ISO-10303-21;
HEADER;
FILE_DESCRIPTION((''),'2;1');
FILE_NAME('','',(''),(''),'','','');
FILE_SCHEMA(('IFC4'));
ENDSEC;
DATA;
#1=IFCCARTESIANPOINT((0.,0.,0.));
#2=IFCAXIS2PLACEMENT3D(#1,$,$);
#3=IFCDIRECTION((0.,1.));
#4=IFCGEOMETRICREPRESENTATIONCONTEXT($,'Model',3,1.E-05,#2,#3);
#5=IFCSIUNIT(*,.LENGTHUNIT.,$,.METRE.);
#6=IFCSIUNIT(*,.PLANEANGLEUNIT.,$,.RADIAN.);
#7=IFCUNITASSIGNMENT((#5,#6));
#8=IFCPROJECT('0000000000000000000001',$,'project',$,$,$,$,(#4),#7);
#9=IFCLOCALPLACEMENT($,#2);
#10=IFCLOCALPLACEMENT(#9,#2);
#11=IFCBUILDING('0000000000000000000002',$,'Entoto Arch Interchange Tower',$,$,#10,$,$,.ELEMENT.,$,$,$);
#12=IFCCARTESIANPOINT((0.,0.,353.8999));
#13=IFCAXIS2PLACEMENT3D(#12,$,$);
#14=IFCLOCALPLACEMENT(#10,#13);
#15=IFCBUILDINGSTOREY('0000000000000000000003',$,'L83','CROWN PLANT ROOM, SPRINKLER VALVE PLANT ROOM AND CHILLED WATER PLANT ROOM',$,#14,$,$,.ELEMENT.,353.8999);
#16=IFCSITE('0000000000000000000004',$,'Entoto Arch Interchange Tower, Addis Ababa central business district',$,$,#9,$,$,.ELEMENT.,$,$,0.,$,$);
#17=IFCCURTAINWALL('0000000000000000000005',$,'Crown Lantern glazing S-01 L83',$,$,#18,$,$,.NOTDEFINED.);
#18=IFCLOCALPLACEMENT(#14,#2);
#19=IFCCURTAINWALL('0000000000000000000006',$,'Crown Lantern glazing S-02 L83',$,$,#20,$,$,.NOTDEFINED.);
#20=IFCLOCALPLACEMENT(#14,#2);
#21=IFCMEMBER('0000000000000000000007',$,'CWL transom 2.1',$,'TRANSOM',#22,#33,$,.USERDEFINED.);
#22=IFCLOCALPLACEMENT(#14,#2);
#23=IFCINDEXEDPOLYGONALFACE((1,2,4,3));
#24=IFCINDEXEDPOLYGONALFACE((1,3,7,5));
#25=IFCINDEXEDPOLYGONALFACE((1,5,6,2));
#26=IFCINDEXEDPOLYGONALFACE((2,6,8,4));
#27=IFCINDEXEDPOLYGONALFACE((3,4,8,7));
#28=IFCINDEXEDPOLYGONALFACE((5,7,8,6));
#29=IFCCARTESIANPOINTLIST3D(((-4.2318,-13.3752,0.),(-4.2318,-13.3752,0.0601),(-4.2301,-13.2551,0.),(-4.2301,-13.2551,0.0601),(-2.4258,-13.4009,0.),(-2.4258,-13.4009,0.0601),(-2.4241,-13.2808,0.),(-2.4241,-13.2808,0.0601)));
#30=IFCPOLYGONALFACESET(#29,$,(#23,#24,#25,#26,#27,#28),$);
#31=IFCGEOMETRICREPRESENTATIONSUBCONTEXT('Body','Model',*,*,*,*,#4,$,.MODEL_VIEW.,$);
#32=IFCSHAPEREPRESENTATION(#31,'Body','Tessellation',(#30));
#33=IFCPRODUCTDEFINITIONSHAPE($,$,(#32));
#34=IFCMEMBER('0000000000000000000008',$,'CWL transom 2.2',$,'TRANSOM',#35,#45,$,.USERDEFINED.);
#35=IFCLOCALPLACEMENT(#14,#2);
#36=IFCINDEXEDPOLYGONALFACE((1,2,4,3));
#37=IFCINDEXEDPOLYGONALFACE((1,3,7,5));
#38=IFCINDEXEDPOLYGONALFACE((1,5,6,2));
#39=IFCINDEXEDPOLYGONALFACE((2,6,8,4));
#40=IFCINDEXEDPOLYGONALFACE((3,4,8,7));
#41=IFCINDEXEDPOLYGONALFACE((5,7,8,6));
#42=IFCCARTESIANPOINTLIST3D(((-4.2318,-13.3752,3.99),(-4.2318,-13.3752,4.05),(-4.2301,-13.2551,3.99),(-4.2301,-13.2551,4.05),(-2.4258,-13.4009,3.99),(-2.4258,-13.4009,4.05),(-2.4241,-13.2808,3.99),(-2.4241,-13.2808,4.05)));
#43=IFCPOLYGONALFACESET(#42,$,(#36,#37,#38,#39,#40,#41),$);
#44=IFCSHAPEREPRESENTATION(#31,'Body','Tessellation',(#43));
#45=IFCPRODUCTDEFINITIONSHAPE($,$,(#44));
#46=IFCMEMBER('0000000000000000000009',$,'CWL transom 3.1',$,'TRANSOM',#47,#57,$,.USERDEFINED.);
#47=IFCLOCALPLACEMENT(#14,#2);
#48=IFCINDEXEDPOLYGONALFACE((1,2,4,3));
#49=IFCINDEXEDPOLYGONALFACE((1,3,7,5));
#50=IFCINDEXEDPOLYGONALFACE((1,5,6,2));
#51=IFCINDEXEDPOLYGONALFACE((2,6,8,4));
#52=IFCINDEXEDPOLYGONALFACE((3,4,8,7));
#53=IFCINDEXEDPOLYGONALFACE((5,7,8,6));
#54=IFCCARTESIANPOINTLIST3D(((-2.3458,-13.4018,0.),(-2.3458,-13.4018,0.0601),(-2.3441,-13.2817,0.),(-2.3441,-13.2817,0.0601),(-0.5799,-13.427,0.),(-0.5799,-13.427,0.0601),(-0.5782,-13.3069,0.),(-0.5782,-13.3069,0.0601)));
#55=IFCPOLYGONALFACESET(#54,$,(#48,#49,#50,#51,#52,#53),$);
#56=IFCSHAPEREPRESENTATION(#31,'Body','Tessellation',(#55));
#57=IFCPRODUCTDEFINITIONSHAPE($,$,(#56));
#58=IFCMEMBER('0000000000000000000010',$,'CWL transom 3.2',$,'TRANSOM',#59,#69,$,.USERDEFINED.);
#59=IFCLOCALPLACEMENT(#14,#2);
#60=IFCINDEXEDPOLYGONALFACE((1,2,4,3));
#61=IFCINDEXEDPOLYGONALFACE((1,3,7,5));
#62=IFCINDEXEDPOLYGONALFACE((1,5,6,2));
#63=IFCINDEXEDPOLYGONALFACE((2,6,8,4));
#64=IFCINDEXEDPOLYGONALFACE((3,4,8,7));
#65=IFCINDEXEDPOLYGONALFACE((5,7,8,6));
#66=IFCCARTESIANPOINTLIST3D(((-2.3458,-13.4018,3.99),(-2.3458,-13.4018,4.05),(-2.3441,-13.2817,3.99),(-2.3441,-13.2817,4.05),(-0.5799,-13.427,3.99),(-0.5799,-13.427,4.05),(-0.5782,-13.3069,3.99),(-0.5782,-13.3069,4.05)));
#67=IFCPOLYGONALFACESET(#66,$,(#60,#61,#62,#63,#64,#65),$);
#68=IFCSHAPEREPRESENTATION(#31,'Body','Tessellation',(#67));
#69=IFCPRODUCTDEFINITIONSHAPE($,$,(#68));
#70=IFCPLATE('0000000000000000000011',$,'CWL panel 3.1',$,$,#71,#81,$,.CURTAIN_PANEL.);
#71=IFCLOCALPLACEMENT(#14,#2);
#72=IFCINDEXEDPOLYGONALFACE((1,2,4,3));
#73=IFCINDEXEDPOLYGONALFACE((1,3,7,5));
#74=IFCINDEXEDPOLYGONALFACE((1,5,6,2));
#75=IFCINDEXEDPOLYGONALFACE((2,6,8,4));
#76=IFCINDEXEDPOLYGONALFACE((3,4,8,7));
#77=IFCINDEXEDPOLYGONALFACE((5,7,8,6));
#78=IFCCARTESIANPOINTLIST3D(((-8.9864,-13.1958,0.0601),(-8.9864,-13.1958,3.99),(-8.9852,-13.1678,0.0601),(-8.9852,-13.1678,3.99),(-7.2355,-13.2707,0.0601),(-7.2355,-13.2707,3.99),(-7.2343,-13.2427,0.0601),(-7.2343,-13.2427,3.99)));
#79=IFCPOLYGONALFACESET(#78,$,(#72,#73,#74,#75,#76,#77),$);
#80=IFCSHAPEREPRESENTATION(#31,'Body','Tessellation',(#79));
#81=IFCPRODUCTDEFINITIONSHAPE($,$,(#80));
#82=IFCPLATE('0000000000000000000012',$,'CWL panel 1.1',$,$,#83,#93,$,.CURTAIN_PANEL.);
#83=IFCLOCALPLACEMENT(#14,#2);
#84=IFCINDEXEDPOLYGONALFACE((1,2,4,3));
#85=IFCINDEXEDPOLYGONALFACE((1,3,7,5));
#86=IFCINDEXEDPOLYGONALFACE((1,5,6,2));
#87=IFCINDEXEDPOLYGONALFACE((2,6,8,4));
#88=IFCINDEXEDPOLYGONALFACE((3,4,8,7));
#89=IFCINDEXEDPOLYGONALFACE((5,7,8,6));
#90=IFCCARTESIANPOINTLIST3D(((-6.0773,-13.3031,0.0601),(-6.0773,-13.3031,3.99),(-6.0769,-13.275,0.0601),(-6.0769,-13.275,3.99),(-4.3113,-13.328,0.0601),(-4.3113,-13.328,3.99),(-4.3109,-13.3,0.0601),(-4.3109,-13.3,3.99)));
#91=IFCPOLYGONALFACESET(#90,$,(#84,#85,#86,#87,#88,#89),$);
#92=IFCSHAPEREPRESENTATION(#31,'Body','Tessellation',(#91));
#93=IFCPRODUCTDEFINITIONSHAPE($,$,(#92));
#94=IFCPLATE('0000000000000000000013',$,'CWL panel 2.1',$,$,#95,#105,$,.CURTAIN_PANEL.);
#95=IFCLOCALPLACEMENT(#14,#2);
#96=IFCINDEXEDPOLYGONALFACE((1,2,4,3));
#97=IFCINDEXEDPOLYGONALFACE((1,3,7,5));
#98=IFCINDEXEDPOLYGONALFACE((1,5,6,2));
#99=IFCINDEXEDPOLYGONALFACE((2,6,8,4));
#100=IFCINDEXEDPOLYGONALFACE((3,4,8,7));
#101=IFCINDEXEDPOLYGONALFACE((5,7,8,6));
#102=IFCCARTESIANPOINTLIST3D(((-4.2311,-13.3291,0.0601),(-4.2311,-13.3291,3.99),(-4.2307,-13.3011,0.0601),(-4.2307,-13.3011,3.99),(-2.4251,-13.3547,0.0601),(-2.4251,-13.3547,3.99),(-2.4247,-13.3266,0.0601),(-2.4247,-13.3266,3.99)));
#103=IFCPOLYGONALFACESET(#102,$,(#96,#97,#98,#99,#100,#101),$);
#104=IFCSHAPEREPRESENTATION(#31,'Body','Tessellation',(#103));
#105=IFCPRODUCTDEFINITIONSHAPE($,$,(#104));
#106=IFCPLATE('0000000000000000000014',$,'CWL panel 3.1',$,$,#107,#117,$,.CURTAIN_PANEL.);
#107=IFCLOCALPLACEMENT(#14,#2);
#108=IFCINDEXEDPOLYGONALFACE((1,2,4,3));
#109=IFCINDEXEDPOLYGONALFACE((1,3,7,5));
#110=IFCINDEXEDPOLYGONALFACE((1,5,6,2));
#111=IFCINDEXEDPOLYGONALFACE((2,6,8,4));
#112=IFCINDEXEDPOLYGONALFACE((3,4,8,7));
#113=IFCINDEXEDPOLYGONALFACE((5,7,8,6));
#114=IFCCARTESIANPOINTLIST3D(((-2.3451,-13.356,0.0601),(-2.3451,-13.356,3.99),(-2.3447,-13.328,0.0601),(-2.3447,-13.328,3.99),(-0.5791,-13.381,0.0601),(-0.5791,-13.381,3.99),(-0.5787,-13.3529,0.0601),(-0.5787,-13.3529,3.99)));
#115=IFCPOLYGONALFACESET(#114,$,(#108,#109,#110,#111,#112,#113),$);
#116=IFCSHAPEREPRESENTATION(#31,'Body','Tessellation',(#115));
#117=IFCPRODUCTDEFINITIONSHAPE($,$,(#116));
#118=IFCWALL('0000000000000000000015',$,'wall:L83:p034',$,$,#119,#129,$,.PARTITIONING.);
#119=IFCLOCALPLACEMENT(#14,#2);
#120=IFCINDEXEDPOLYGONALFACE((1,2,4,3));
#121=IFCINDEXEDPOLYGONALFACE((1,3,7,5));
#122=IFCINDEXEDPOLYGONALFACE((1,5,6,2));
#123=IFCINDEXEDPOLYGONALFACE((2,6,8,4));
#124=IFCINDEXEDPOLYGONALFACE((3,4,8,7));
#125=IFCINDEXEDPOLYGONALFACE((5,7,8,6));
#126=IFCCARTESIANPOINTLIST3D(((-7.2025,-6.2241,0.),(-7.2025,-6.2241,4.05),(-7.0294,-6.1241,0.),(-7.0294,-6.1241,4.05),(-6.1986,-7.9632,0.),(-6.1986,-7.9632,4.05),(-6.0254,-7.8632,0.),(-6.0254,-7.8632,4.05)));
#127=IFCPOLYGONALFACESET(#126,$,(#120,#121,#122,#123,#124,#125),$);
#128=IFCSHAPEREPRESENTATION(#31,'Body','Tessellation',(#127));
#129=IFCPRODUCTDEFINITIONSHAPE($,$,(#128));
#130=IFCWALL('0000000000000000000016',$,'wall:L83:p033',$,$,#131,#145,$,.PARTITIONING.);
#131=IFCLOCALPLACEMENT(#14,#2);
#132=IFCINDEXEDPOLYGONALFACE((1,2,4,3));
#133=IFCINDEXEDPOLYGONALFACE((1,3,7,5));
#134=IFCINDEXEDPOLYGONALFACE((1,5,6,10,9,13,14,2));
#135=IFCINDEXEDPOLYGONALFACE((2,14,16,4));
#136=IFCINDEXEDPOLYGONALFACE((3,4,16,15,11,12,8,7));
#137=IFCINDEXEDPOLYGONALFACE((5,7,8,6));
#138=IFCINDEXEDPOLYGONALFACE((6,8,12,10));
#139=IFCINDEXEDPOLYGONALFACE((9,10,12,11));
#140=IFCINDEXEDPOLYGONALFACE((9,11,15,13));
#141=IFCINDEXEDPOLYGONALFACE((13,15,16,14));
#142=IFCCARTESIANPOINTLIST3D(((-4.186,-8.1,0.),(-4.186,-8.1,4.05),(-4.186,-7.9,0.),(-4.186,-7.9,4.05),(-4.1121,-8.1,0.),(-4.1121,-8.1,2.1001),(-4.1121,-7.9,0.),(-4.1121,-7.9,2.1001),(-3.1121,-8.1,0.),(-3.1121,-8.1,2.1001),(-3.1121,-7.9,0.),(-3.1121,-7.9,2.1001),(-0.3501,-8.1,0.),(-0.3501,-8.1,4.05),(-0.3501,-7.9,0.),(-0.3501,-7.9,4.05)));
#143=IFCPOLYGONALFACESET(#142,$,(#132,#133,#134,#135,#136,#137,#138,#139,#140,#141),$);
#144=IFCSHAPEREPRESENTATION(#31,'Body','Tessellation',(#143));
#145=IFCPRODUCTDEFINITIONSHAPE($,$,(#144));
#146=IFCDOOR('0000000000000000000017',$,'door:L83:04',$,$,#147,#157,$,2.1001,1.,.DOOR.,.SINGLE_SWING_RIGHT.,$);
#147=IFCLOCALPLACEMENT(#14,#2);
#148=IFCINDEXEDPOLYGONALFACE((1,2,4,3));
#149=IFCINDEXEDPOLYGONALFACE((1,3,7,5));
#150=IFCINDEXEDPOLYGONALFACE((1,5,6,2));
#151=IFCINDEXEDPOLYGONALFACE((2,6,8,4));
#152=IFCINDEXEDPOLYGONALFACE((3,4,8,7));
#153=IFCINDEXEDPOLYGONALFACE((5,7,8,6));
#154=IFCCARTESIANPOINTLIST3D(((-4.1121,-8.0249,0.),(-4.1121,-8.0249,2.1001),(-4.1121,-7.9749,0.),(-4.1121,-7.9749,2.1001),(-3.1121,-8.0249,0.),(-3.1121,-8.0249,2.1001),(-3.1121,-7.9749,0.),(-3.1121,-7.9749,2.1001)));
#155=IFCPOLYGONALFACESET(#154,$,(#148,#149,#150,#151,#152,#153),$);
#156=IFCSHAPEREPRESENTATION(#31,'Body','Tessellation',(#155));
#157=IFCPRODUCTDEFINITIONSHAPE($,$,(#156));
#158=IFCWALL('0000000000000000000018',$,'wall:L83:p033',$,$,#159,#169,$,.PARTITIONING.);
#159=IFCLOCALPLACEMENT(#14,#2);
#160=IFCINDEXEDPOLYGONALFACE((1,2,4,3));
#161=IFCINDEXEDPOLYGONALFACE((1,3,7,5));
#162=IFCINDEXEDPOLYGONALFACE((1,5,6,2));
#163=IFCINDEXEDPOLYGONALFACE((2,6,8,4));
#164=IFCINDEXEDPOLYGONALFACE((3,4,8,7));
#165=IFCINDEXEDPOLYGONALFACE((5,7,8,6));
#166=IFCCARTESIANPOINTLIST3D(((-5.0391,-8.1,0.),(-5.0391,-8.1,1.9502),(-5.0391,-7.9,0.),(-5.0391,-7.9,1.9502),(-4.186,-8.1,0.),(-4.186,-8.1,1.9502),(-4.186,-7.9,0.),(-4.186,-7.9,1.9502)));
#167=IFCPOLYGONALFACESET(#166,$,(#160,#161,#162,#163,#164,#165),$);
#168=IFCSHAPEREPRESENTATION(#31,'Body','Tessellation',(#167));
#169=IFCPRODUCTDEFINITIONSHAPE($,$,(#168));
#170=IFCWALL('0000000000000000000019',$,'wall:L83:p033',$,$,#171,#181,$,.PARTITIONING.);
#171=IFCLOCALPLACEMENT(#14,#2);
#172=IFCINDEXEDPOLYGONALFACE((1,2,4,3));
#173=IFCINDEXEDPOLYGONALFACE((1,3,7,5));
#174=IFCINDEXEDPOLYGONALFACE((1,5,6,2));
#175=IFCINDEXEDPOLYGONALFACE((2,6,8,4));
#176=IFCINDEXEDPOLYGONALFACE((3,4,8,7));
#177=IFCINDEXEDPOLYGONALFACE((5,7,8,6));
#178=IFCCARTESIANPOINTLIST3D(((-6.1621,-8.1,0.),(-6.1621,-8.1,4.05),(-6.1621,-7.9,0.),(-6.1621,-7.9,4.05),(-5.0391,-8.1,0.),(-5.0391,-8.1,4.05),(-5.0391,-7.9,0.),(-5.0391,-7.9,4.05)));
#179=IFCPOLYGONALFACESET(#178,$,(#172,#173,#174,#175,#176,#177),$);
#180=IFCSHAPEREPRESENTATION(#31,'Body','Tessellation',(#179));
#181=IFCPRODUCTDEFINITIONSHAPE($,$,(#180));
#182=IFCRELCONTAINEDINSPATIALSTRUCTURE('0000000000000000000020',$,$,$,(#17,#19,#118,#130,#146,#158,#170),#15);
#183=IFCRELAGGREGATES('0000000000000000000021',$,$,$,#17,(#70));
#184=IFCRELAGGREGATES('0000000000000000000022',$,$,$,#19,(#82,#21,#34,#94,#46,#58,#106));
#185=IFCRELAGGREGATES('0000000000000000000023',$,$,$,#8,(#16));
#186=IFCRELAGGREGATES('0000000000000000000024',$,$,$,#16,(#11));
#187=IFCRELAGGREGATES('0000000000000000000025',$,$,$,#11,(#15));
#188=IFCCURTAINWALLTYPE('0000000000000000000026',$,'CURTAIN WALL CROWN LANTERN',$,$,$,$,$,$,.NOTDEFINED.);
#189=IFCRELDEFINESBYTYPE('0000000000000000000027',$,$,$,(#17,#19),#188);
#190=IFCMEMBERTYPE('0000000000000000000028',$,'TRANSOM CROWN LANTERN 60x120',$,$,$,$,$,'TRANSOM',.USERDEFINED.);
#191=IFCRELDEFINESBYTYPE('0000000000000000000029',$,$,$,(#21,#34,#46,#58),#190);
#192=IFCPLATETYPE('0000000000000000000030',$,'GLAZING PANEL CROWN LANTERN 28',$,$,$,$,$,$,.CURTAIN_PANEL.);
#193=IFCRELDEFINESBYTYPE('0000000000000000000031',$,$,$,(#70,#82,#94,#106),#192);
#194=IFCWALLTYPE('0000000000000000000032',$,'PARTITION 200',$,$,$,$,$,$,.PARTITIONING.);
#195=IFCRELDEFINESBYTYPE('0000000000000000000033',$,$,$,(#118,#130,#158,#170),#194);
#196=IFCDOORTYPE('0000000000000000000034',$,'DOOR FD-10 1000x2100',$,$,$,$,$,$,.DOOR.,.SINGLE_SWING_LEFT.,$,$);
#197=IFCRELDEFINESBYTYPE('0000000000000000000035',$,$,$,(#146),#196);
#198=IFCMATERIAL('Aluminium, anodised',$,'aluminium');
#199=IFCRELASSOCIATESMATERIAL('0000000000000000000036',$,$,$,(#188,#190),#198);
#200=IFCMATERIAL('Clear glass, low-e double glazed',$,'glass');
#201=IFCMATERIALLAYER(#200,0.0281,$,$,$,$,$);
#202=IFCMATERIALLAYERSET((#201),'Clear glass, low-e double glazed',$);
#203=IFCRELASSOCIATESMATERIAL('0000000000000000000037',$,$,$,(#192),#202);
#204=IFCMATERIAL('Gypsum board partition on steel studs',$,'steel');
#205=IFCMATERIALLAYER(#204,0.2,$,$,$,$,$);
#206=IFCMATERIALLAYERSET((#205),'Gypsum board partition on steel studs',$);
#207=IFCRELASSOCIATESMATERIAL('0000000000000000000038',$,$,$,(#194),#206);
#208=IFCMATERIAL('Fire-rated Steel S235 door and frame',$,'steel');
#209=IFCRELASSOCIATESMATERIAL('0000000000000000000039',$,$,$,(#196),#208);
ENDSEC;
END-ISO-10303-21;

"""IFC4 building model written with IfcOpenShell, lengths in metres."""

from ifc_helpers import new_model, si_unit, direction, frame, frame_2d, origin, origin_2d, place, context, subcontext, project, spatial, rectangle, extrude, material, layer, layer_set, material_profile, profile_set, type_object, element, fill, aggregate, save


model = new_model("IFC4")

# Units and contexts
model_context = context("Model", 3, precision=1e-05, world=origin(), true_north=direction((0.0, 1.0)))
body_context = subcontext(model_context, "Body", "Model", "MODEL_VIEW")
ifc_project = project(units=[si_unit("LENGTHUNIT", "METRE"), si_unit("PLANEANGLEUNIT", "RADIAN")], contexts=[model_context])

# Site, building, storey
site_placement = place(None, origin())
site = spatial("IfcSite", under=ifc_project, at=site_placement, Name="Entoto Arch Interchange Tower, Addis Ababa central business district", CompositionType="ELEMENT", RefElevation=0.0)
building_placement = place(site_placement, origin())
building = spatial("IfcBuilding", under=site, at=building_placement, Name="Entoto Arch Interchange Tower", CompositionType="ELEMENT")
storey_placement = place(building_placement, frame((0.0, 0.0, 353.8999)))
storey = spatial("IfcBuildingStorey", under=building, at=storey_placement, Name="L83", Description="CROWN PLANT ROOM, SPRINKLER VALVE PLANT ROOM AND CHILLED WATER PLANT ROOM", CompositionType="ELEMENT", Elevation=353.8999)

# Curtain wall
ifc_material_1 = material(Name="Aluminium, anodised", Category="aluminium")
curtain_wall_type = type_object("IfcCurtainWallType", Name="CURTAIN WALL CROWN LANTERN", PredefinedType="NOTDEFINED", material=ifc_material_1)
curtain_wall_1_placement = place(storey_placement, origin())
curtain_wall_1 = element("IfcCurtainWall", 1, at=curtain_wall_1_placement, inside=storey, type_object=curtain_wall_type, Name="Crown Lantern glazing S-01 L83", PredefinedType="NOTDEFINED")

# Curtain wall
curtain_wall_2_placement = place(storey_placement, origin())
curtain_wall_2 = element("IfcCurtainWall", 2, at=curtain_wall_2_placement, inside=storey, type_object=curtain_wall_type, Name="Crown Lantern glazing S-02 L83", PredefinedType="NOTDEFINED")

# Members
ifc_material_profile_1 = material_profile(ifc_material_1, rectangle(XDim=0.1201, YDim=0.0601, at=origin_2d()))
ifc_profile_set_1 = profile_set([ifc_material_profile_1], Name="Aluminium, anodised")
member_type_1 = type_object("IfcMemberType", Name="TRANSOM CROWN LANTERN 60x120", ElementType="TRANSOM", PredefinedType="USERDEFINED", material=ifc_profile_set_1)
member_1_placement = place(storey_placement, frame((-4.231, -13.3152, 0.03), z_axis=(0.999899, -0.014194, 0.0), x_axis=(0.014194, 0.999899, 0.0)))
member_1 = element("IfcMember", 3, at=member_1_placement, type_object=member_type_1, Name="CWL transom 2.1", ObjectType="TRANSOM", PredefinedType="USERDEFINED", context=body_context, shape_type="SweptSolid", body=[
    extrude(rectangle(XDim=0.1201, YDim=0.0601, at=origin_2d()), origin(), (0.0, 0.0, 1.0), 1.8062),
])
member_2_placement = place(storey_placement, frame((-4.231, -13.3152, 4.02), z_axis=(0.999899, -0.014194, 0.0), x_axis=(0.014194, 0.999899, 0.0)))
member_2 = element("IfcMember", 4, at=member_2_placement, type_object=member_type_1, Name="CWL transom 2.2", ObjectType="TRANSOM", PredefinedType="USERDEFINED", context=body_context, shape_type="SweptSolid", body=[
    extrude(rectangle(XDim=0.1201, YDim=0.0601, at=origin_2d()), origin(), (0.0, 0.0, 1.0), 1.8062),
])
member_3_placement = place(storey_placement, frame((-2.345, -13.3418, 0.03), z_axis=(0.999899, -0.014239, 0.0), x_axis=(0.014239, 0.999899, 0.0)))
member_3 = element("IfcMember", 5, at=member_3_placement, type_object=member_type_1, Name="CWL transom 3.1", ObjectType="TRANSOM", PredefinedType="USERDEFINED", context=body_context, shape_type="SweptSolid", body=[
    extrude(rectangle(XDim=0.1201, YDim=0.0601, at=origin_2d()), origin(), (0.0, 0.0, 1.0), 1.7661),
])
member_4_placement = place(storey_placement, frame((-2.345, -13.3418, 4.02), z_axis=(0.999899, -0.014239, 0.0), x_axis=(0.014239, 0.999899, 0.0)))
member_4 = element("IfcMember", 6, at=member_4_placement, type_object=member_type_1, Name="CWL transom 3.2", ObjectType="TRANSOM", PredefinedType="USERDEFINED", context=body_context, shape_type="SweptSolid", body=[
    extrude(rectangle(XDim=0.1201, YDim=0.0601, at=origin_2d()), origin(), (0.0, 0.0, 1.0), 1.7661),
])

# Plates
ifc_material_2 = material(Name="Clear glass, low-e double glazed", Category="glass")
ifc_layer_1 = layer(ifc_material_2, 0.0281)
ifc_layer_set_1 = layer_set([ifc_layer_1], Name="Clear glass, low-e double glazed")
plate_type = type_object("IfcPlateType", Name="GLAZING PANEL CROWN LANTERN 28", PredefinedType="CURTAIN_PANEL", material=ifc_layer_set_1)
plate_1_placement = place(storey_placement, frame((-8.1104, -13.2192, 0.0601), z_axis=(0.0, 0.0, 1.0), x_axis=(0.999087, -0.042726, 0.0)))
plate_1 = element("IfcPlate", 7, at=plate_1_placement, type_object=plate_type, Name="CWL panel 3.1", PredefinedType="CURTAIN_PANEL", context=body_context, shape_type="SweptSolid", body=[
    extrude(rectangle(XDim=1.7524, YDim=0.0281, at=origin_2d()), origin(), (0.0, 0.0, 1.0), 3.9299),
])
aggregate(curtain_wall_1, [plate_1])
plate_2_placement = place(storey_placement, frame((-5.1941, -13.3015, 0.0601), z_axis=(0.0, 0.0, 1.0), x_axis=(0.9999, -0.014138, 0.0)))
plate_2 = element("IfcPlate", 8, at=plate_2_placement, type_object=plate_type, Name="CWL panel 1.1", PredefinedType="CURTAIN_PANEL", context=body_context, shape_type="SweptSolid", body=[
    extrude(rectangle(XDim=1.7661, YDim=0.0281, at=origin_2d()), origin(), (0.0, 0.0, 1.0), 3.9299),
])
plate_3_placement = place(storey_placement, frame((-3.3279, -13.3279, 0.0601), z_axis=(0.0, 0.0, 1.0), x_axis=(0.9999, -0.014138, 0.0)))
plate_3 = element("IfcPlate", 9, at=plate_3_placement, type_object=plate_type, Name="CWL panel 2.1", PredefinedType="CURTAIN_PANEL", context=body_context, shape_type="SweptSolid", body=[
    extrude(rectangle(XDim=1.8062, YDim=0.0281, at=origin_2d()), origin(), (0.0, 0.0, 1.0), 3.9299),
])
plate_4_placement = place(storey_placement, frame((-1.4619, -13.3545, 0.0601), z_axis=(0.0, 0.0, 1.0), x_axis=(0.9999, -0.014138, 0.0)))
plate_4 = element("IfcPlate", 10, at=plate_4_placement, type_object=plate_type, Name="CWL panel 3.1", PredefinedType="CURTAIN_PANEL", context=body_context, shape_type="SweptSolid", body=[
    extrude(rectangle(XDim=1.7661, YDim=0.0281, at=origin_2d()), origin(), (0.0, 0.0, 1.0), 3.9299),
])
aggregate(curtain_wall_2, [plate_2, member_1, member_2, plate_3, member_3, member_4, plate_4])

# Wall
ifc_material_3 = material(Name="Gypsum board partition on steel studs", Category="steel")
ifc_layer_2 = layer(ifc_material_3, 0.2)
ifc_layer_set_2 = layer_set([ifc_layer_2], Name="Gypsum board partition on steel studs")
wall_type_1 = type_object("IfcWallType", Name="PARTITION 200", PredefinedType="PARTITIONING", material=ifc_layer_set_2)
wall_1_placement = place(storey_placement, frame((-6.1121, -7.9131, 0.0), z_axis=(0.0, 0.0, 1.0), x_axis=(-0.499958, 0.86605, 0.0)))
element("IfcWall", 11, at=wall_1_placement, inside=storey, type_object=wall_type_1, Name="wall:L83:p034", PredefinedType="PARTITIONING", context=body_context, shape_type="SweptSolid", body=[
    extrude(rectangle(XDim=2.0081, YDim=0.2, at=frame_2d((1.0039, 0.0))), origin(), (0.0, 0.0, 1.0), 4.05),
])

# Wall, opening, door
wall_2_placement = place(storey_placement, frame((-0.3501, -8.0, 0.0), z_axis=(0.0, 0.0, 1.0), x_axis=(-1.0, 0.0, 0.0)))
wall_2 = element("IfcWall", 12, at=wall_2_placement, inside=storey, type_object=wall_type_1, Name="wall:L83:p033", PredefinedType="PARTITIONING", context=body_context, shape_type="SweptSolid", body=[
    extrude(rectangle(XDim=3.8359, YDim=0.2, at=frame_2d((1.918, 0.0))), origin(), (0.0, 0.0, 1.0), 4.05),
])
opening_placement = place(wall_2_placement, frame((2.762, 0.0, 0.0)))
opening = element("IfcOpeningElement", 13, at=opening_placement, cuts=wall_2, PredefinedType="OPENING", context=body_context, shape_type="SweptSolid", body=[
    extrude(rectangle(XDim=1.0, YDim=2.1001, at=frame_2d((0.5, 1.05))), frame((0.0, 0.1099, 0.0), z_axis=(0.0, -1.0, 0.0), x_axis=(1.0, 0.0, 0.0)), (0.0, 0.0, 1.0), 0.22),
])
ifc_material_4 = material(Name="Fire-rated Steel S235 door and frame", Category="steel")
door_type = type_object("IfcDoorType", Name="DOOR FD-10 1000x2100", OperationType="SINGLE_SWING_LEFT", PredefinedType="DOOR", material=ifc_material_4)
door_placement = place(opening_placement, origin())
door = element("IfcDoor", 14, at=door_placement, inside=storey, type_object=door_type, Name="door:L83:04", OperationType="SINGLE_SWING_RIGHT", OverallHeight=2.1001, OverallWidth=1.0, PredefinedType="DOOR", context=body_context, shape_type="SweptSolid", body=[
    extrude(rectangle(XDim=1.0, YDim=2.1001, at=frame_2d((0.5, 1.05))), frame((0.0, 0.0249, 0.0), z_axis=(0.0, -1.0, 0.0), x_axis=(1.0, 0.0, 0.0)), (0.0, 0.0, 1.0), 0.05),
])
fill(opening, door)

# Walls
wall_3_placement = place(storey_placement, frame((-4.186, -8.0, 0.0), z_axis=(0.0, 0.0, 1.0), x_axis=(-1.0, 0.0, 0.0)))
element("IfcWall", 15, at=wall_3_placement, inside=storey, type_object=wall_type_1, Name="wall:L83:p033", PredefinedType="PARTITIONING", context=body_context, shape_type="SweptSolid", body=[
    extrude(rectangle(XDim=0.853, YDim=0.2, at=frame_2d((0.4265, 0.0))), origin(), (0.0, 0.0, 1.0), 1.9502),
])
wall_4_placement = place(storey_placement, frame((-5.0391, -8.0, 0.0), z_axis=(0.0, 0.0, 1.0), x_axis=(-1.0, 0.0, 0.0)))
element("IfcWall", 16, at=wall_4_placement, inside=storey, type_object=wall_type_1, Name="wall:L83:p033", PredefinedType="PARTITIONING", context=body_context, shape_type="SweptSolid", body=[
    extrude(rectangle(XDim=1.123, YDim=0.2, at=frame_2d((0.5615, 0.0))), origin(), (0.0, 0.0, 1.0), 4.05),
])

save(model, "model.ifc")
